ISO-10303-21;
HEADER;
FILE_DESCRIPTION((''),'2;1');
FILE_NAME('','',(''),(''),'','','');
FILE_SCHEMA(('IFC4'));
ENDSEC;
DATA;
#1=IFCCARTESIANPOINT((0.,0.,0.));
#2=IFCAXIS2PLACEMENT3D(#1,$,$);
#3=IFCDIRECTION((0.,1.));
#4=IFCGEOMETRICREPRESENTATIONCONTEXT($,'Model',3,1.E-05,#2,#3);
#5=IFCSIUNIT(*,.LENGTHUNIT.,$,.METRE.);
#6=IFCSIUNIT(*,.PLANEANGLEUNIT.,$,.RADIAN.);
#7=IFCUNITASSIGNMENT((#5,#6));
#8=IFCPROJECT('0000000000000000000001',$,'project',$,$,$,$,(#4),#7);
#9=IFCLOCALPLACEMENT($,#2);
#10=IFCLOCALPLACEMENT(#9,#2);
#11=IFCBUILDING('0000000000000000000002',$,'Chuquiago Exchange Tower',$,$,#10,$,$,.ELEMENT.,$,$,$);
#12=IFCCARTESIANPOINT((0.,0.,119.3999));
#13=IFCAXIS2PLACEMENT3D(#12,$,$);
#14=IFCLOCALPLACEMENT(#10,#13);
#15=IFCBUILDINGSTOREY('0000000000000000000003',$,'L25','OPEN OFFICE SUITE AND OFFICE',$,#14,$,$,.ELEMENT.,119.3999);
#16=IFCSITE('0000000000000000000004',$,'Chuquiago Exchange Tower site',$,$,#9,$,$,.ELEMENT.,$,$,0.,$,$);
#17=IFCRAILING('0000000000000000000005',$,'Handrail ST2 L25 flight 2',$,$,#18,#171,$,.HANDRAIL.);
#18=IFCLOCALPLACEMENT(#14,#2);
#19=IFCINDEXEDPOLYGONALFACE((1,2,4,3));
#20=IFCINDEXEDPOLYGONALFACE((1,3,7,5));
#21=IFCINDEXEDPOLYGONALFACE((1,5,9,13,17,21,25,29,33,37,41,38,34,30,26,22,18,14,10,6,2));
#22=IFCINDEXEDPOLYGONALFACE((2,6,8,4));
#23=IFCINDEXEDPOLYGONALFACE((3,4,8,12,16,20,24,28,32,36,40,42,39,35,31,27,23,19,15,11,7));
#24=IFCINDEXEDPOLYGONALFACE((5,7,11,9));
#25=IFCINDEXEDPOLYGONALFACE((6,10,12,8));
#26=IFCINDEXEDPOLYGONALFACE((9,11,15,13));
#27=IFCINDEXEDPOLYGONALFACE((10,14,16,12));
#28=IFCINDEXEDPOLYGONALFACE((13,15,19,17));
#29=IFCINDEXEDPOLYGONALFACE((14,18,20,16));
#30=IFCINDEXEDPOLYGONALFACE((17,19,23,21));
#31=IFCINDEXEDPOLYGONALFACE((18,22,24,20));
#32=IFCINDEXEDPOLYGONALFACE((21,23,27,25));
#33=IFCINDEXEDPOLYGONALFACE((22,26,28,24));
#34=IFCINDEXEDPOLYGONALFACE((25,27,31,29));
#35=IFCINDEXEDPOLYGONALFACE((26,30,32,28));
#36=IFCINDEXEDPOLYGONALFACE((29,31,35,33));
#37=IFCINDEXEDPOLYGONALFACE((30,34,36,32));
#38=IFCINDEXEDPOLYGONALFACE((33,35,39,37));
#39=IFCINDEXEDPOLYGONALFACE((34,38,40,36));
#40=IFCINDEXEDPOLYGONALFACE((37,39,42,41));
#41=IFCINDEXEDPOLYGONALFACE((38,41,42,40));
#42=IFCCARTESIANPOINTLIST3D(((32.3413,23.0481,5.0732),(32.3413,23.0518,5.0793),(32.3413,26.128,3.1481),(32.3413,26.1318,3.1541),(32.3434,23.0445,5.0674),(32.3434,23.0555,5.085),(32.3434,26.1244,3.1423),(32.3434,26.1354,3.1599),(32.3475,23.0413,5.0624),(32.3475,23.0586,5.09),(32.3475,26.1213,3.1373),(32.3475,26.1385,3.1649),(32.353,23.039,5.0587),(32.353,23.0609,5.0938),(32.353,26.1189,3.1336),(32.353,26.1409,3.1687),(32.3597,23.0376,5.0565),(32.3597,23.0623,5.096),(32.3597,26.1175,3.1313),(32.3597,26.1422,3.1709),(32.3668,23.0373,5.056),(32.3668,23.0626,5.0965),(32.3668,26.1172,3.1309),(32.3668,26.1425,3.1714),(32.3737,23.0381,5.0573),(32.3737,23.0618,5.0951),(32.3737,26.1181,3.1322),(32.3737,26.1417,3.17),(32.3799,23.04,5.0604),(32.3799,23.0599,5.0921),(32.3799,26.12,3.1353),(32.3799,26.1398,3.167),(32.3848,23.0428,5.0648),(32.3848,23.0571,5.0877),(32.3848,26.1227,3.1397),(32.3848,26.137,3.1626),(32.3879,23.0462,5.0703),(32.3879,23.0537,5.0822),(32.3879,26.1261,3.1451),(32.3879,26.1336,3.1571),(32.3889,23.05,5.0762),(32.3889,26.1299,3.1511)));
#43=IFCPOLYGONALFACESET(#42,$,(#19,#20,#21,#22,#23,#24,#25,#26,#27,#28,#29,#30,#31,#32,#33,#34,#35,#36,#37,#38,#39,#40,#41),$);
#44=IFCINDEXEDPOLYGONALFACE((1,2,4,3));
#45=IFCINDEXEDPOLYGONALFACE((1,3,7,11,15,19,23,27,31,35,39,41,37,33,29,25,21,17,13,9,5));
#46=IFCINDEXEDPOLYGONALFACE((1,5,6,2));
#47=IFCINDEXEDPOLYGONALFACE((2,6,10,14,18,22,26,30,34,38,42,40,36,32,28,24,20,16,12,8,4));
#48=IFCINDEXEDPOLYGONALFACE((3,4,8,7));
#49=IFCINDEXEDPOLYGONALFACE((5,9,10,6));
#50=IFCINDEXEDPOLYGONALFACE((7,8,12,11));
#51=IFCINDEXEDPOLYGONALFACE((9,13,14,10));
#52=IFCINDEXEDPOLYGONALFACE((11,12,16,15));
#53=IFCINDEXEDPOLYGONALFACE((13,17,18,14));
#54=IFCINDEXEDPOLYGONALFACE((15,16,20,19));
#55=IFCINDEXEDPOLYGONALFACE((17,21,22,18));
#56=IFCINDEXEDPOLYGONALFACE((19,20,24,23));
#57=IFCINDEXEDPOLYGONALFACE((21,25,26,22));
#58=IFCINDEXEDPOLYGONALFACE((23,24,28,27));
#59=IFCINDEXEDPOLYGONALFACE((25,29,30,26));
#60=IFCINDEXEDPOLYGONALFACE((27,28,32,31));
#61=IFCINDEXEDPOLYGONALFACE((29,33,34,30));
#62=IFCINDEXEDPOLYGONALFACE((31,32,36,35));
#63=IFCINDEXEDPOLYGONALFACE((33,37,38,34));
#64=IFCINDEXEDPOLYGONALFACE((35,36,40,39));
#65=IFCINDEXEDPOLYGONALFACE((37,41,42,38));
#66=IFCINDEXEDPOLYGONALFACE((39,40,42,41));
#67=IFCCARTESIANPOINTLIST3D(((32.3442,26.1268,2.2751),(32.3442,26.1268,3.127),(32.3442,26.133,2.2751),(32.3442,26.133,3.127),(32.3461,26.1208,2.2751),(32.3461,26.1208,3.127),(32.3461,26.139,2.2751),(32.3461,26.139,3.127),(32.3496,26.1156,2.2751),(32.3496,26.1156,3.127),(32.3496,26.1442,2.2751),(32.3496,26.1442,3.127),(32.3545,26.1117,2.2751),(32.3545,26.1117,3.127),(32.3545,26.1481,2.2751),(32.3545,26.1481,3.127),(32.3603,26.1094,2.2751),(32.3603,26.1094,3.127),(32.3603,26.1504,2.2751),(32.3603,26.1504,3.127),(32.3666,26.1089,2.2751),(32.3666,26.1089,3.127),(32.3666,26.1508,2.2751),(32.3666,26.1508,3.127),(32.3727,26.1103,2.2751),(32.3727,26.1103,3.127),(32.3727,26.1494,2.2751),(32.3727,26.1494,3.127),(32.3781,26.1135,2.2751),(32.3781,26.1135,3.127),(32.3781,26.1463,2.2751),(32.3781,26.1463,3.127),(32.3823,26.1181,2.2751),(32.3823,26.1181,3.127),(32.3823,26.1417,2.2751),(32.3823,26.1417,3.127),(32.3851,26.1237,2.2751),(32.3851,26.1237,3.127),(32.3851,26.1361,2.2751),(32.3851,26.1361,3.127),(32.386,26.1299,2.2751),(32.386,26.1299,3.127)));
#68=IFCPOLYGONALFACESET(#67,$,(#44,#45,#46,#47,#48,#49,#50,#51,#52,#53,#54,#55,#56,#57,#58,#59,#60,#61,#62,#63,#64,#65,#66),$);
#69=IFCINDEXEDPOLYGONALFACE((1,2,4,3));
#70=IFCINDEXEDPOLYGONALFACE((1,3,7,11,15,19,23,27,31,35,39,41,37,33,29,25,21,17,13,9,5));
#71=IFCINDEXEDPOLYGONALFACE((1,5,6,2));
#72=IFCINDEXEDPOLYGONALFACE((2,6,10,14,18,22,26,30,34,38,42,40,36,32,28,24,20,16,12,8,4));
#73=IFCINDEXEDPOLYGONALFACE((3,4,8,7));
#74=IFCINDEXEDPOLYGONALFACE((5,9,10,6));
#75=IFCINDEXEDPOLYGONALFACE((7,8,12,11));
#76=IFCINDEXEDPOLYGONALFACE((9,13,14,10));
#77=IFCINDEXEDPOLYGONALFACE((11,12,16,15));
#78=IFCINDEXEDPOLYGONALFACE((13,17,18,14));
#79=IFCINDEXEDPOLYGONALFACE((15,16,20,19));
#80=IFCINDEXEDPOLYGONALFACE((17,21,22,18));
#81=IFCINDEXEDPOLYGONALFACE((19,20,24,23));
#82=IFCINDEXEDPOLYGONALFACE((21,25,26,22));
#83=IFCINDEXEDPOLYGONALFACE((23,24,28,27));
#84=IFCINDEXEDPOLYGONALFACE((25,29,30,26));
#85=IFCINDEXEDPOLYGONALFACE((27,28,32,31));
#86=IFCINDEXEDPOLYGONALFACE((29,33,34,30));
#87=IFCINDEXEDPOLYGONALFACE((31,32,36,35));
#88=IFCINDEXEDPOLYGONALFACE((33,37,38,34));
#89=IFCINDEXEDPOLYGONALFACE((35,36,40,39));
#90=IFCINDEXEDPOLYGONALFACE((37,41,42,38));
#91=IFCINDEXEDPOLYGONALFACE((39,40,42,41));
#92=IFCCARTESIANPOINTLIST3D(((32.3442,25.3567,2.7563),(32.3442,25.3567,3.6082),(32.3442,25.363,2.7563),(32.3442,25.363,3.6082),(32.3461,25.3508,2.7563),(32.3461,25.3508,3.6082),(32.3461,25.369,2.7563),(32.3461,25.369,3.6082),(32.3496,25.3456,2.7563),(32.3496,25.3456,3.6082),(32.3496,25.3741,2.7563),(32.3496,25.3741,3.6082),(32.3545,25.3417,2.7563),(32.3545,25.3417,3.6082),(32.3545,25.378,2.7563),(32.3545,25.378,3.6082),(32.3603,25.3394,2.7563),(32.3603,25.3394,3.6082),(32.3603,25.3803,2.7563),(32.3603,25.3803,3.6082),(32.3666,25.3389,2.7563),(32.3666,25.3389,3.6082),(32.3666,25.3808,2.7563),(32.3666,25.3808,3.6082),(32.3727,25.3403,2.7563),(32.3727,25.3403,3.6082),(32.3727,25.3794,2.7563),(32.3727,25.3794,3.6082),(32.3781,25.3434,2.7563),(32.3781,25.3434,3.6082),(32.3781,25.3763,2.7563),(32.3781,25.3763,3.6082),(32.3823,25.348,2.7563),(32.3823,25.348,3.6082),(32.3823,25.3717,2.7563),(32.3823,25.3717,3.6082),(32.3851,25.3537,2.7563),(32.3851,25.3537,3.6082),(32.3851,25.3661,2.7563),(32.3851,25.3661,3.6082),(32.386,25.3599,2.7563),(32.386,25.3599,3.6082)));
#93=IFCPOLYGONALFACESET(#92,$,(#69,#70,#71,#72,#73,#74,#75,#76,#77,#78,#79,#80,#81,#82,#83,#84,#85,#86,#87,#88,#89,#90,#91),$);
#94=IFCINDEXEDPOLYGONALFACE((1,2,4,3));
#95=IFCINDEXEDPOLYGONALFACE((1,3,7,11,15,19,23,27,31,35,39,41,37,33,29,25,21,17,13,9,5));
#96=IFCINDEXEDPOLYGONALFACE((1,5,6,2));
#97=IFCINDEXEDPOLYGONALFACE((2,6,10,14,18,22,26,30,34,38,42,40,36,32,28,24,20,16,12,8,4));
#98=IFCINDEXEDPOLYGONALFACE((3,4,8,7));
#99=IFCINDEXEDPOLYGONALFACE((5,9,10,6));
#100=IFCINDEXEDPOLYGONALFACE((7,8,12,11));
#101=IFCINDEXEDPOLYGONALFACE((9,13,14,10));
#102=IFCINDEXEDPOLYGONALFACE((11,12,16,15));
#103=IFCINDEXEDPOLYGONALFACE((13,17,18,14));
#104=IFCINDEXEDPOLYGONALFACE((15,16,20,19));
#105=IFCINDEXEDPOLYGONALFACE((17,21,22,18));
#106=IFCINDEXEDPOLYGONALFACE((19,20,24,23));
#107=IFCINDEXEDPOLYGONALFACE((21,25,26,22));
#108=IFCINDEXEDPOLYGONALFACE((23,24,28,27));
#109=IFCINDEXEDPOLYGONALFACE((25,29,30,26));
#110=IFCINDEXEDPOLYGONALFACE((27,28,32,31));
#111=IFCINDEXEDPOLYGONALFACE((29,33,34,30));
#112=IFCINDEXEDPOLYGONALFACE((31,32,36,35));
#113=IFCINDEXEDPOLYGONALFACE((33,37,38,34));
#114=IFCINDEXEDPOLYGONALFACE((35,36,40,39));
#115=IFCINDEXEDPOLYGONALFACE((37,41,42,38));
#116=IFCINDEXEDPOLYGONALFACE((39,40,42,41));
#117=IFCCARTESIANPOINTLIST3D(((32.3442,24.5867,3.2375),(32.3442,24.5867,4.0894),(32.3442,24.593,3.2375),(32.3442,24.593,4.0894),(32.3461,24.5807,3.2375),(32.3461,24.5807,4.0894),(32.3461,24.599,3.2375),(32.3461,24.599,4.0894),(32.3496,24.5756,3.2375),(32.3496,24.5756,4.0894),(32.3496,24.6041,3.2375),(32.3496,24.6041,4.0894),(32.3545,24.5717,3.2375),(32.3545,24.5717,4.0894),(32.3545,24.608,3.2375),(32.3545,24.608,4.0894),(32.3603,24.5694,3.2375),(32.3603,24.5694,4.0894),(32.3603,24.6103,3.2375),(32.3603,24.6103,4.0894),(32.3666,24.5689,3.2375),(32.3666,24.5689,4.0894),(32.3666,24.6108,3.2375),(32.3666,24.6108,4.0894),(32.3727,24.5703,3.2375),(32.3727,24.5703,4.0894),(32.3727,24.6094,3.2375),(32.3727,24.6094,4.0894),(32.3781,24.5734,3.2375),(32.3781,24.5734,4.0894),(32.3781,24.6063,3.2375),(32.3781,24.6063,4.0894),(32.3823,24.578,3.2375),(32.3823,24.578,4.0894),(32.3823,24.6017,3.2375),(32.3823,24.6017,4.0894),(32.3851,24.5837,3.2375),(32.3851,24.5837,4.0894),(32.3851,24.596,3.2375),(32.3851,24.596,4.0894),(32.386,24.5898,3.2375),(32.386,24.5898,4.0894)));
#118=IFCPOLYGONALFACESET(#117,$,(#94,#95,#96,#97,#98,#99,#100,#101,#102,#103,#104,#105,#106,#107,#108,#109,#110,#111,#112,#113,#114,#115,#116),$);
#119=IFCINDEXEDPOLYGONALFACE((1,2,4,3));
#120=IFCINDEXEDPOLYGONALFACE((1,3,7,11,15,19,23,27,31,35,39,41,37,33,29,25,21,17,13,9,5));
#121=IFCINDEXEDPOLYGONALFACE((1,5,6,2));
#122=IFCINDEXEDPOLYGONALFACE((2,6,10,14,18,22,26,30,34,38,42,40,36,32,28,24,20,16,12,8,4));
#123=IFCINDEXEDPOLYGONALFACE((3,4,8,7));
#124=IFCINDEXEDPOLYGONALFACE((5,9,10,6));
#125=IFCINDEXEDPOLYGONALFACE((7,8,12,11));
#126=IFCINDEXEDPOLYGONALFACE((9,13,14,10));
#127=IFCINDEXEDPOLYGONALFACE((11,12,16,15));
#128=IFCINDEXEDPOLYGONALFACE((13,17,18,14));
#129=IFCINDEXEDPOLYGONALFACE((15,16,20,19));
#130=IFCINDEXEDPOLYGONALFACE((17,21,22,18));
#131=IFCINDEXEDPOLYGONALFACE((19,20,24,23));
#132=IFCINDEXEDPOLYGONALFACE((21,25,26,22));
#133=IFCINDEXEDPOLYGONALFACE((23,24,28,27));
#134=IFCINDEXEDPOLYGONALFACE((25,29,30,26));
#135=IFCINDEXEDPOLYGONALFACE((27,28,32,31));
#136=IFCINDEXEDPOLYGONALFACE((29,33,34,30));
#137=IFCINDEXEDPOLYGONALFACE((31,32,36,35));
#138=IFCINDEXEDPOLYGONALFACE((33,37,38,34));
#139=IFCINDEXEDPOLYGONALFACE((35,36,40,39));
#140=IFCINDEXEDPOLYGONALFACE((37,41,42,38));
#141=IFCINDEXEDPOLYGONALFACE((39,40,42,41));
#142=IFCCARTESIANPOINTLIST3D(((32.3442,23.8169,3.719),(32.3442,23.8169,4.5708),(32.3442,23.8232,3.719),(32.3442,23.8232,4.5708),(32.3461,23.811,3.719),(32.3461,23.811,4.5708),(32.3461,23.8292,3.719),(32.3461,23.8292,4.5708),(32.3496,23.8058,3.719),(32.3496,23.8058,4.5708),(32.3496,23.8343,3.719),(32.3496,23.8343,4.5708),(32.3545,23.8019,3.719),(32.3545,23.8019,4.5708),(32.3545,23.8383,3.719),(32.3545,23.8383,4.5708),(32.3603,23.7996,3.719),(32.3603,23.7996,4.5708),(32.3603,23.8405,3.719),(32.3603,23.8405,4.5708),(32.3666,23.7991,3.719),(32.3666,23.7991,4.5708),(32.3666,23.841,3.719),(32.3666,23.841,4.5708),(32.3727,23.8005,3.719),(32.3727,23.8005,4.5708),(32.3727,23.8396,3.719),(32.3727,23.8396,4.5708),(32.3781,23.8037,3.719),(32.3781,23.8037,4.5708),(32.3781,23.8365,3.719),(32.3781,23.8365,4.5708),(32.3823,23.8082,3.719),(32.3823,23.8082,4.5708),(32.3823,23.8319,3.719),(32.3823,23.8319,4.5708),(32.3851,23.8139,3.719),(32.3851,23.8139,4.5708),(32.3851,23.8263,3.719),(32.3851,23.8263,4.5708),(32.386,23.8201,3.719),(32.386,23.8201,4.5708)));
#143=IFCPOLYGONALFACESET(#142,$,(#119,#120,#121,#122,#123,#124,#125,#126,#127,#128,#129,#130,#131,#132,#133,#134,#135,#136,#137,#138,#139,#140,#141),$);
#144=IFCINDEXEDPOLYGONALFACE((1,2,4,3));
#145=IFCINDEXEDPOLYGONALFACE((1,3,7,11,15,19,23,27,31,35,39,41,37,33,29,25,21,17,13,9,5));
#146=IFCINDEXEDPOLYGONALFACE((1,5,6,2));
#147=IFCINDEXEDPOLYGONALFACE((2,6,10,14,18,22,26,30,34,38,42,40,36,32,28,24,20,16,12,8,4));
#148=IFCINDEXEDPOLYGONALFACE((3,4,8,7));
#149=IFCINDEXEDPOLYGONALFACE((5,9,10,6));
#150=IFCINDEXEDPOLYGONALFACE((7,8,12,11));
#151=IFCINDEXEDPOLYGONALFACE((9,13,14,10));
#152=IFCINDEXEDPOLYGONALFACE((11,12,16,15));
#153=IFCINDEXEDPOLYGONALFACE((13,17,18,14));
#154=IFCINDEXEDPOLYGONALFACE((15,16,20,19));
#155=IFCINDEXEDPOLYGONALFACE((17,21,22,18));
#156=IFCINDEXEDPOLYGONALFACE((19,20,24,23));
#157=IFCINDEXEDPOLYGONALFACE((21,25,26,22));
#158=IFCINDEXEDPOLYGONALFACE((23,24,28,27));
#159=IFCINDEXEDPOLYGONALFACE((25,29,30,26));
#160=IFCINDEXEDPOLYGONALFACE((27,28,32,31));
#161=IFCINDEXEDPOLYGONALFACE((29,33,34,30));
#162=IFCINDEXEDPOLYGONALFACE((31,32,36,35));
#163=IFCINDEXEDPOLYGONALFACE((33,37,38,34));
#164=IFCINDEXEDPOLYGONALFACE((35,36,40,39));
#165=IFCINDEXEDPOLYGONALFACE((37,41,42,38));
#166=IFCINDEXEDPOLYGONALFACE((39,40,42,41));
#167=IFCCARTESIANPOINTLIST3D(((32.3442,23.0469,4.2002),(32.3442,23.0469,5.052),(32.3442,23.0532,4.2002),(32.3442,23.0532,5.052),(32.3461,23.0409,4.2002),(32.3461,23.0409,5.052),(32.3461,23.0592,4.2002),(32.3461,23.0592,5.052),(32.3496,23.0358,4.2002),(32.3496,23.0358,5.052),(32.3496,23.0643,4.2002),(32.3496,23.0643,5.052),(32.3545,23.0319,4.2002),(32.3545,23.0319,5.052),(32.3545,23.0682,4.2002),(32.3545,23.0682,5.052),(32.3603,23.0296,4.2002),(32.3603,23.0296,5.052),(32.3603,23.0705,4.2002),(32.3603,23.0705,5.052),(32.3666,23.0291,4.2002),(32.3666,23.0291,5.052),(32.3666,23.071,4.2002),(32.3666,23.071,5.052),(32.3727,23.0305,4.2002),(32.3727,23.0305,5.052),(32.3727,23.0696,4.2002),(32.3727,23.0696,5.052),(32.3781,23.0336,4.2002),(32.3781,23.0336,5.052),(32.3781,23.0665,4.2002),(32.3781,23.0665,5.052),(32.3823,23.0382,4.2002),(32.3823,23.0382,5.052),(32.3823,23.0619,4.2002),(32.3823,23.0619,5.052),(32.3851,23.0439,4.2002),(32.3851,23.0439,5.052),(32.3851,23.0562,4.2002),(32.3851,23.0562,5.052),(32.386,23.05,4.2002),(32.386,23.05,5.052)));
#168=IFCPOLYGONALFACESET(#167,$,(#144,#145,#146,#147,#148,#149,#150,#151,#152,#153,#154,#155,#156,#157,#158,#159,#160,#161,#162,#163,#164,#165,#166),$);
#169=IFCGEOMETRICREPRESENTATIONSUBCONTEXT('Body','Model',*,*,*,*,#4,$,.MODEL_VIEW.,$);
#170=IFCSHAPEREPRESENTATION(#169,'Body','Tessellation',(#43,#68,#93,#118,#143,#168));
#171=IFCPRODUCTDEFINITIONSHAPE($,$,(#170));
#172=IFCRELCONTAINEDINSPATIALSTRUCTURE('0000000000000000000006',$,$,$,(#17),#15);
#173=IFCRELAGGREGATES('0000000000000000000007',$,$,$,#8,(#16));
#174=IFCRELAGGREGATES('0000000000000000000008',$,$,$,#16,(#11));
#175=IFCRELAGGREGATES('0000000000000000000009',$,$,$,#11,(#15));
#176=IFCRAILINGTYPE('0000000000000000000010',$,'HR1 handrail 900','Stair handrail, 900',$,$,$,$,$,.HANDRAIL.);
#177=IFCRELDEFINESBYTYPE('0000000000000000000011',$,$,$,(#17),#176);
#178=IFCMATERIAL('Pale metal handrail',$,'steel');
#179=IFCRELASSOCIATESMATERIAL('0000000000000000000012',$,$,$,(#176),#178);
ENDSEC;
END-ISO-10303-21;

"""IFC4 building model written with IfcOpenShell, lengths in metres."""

from ifc_helpers import new_model, si_unit, direction, frame, origin, origin_2d, place, context, subcontext, project, spatial, circle, extrude, material, type_object, element, save


model = new_model("IFC4")

# Units and contexts
model_context = context("Model", 3, precision=1e-05, world=origin(), true_north=direction((0.0, 1.0)))
body_context = subcontext(model_context, "Body", "Model", "MODEL_VIEW")
ifc_project = project(units=[si_unit("LENGTHUNIT", "METRE"), si_unit("PLANEANGLEUNIT", "RADIAN")], contexts=[model_context])

# Site, building, storey
site_placement = place(None, origin())
site = spatial("IfcSite", under=ifc_project, at=site_placement, Name="Chuquiago Exchange Tower site", CompositionType="ELEMENT", RefElevation=0.0)
building_placement = place(site_placement, origin())
building = spatial("IfcBuilding", under=site, at=building_placement, Name="Chuquiago Exchange Tower", CompositionType="ELEMENT")
storey_placement = place(building_placement, frame((0.0, 0.0, 119.3999)))
storey = spatial("IfcBuildingStorey", under=building, at=storey_placement, Name="L25", Description="OPEN OFFICE SUITE AND OFFICE", CompositionType="ELEMENT", Elevation=119.3999)

# Railing
ifc_material_1 = material(Name="Pale metal handrail", Category="steel")
railing_type_1 = type_object("IfcRailingType", Name="HR1 handrail 900", Description="Stair handrail, 900", PredefinedType="HANDRAIL", material=ifc_material_1)
railing_1_placement = place(storey_placement, frame((32.365, 26.1299, 2.2751)))
element("IfcRailing", 1, at=railing_1_placement, inside=storey, type_object=railing_type_1, Name="Handrail ST2 L25 flight 2", PredefinedType="HANDRAIL", context=body_context, shape_type="SweptSolid", body=[
    extrude(circle(Radius=0.0239, at=origin_2d()), frame((0.0, 0.0, 0.876), z_axis=(0.0, -0.847979, 0.530029), x_axis=(1.0, 0.0, 0.0)), (0.0, 0.0, 1.0), 3.6321),
    extrude(circle(Radius=0.021, at=origin_2d()), origin(), (0.0, 0.0, 1.0), 0.8518),
    extrude(circle(Radius=0.021, at=origin_2d()), frame((0.0, -0.77, 0.4812)), (0.0, 0.0, 1.0), 0.8518),
    extrude(circle(Radius=0.021, at=origin_2d()), frame((0.0, -1.54, 0.9624)), (0.0, 0.0, 1.0), 0.8518),
    extrude(circle(Radius=0.021, at=origin_2d()), frame((0.0, -2.3098, 1.4438)), (0.0, 0.0, 1.0), 0.8518),
    extrude(circle(Radius=0.021, at=origin_2d()), frame((0.0, -3.0798, 1.925)), (0.0, 0.0, 1.0), 0.8518),
])

save(model, "model.ifc")
